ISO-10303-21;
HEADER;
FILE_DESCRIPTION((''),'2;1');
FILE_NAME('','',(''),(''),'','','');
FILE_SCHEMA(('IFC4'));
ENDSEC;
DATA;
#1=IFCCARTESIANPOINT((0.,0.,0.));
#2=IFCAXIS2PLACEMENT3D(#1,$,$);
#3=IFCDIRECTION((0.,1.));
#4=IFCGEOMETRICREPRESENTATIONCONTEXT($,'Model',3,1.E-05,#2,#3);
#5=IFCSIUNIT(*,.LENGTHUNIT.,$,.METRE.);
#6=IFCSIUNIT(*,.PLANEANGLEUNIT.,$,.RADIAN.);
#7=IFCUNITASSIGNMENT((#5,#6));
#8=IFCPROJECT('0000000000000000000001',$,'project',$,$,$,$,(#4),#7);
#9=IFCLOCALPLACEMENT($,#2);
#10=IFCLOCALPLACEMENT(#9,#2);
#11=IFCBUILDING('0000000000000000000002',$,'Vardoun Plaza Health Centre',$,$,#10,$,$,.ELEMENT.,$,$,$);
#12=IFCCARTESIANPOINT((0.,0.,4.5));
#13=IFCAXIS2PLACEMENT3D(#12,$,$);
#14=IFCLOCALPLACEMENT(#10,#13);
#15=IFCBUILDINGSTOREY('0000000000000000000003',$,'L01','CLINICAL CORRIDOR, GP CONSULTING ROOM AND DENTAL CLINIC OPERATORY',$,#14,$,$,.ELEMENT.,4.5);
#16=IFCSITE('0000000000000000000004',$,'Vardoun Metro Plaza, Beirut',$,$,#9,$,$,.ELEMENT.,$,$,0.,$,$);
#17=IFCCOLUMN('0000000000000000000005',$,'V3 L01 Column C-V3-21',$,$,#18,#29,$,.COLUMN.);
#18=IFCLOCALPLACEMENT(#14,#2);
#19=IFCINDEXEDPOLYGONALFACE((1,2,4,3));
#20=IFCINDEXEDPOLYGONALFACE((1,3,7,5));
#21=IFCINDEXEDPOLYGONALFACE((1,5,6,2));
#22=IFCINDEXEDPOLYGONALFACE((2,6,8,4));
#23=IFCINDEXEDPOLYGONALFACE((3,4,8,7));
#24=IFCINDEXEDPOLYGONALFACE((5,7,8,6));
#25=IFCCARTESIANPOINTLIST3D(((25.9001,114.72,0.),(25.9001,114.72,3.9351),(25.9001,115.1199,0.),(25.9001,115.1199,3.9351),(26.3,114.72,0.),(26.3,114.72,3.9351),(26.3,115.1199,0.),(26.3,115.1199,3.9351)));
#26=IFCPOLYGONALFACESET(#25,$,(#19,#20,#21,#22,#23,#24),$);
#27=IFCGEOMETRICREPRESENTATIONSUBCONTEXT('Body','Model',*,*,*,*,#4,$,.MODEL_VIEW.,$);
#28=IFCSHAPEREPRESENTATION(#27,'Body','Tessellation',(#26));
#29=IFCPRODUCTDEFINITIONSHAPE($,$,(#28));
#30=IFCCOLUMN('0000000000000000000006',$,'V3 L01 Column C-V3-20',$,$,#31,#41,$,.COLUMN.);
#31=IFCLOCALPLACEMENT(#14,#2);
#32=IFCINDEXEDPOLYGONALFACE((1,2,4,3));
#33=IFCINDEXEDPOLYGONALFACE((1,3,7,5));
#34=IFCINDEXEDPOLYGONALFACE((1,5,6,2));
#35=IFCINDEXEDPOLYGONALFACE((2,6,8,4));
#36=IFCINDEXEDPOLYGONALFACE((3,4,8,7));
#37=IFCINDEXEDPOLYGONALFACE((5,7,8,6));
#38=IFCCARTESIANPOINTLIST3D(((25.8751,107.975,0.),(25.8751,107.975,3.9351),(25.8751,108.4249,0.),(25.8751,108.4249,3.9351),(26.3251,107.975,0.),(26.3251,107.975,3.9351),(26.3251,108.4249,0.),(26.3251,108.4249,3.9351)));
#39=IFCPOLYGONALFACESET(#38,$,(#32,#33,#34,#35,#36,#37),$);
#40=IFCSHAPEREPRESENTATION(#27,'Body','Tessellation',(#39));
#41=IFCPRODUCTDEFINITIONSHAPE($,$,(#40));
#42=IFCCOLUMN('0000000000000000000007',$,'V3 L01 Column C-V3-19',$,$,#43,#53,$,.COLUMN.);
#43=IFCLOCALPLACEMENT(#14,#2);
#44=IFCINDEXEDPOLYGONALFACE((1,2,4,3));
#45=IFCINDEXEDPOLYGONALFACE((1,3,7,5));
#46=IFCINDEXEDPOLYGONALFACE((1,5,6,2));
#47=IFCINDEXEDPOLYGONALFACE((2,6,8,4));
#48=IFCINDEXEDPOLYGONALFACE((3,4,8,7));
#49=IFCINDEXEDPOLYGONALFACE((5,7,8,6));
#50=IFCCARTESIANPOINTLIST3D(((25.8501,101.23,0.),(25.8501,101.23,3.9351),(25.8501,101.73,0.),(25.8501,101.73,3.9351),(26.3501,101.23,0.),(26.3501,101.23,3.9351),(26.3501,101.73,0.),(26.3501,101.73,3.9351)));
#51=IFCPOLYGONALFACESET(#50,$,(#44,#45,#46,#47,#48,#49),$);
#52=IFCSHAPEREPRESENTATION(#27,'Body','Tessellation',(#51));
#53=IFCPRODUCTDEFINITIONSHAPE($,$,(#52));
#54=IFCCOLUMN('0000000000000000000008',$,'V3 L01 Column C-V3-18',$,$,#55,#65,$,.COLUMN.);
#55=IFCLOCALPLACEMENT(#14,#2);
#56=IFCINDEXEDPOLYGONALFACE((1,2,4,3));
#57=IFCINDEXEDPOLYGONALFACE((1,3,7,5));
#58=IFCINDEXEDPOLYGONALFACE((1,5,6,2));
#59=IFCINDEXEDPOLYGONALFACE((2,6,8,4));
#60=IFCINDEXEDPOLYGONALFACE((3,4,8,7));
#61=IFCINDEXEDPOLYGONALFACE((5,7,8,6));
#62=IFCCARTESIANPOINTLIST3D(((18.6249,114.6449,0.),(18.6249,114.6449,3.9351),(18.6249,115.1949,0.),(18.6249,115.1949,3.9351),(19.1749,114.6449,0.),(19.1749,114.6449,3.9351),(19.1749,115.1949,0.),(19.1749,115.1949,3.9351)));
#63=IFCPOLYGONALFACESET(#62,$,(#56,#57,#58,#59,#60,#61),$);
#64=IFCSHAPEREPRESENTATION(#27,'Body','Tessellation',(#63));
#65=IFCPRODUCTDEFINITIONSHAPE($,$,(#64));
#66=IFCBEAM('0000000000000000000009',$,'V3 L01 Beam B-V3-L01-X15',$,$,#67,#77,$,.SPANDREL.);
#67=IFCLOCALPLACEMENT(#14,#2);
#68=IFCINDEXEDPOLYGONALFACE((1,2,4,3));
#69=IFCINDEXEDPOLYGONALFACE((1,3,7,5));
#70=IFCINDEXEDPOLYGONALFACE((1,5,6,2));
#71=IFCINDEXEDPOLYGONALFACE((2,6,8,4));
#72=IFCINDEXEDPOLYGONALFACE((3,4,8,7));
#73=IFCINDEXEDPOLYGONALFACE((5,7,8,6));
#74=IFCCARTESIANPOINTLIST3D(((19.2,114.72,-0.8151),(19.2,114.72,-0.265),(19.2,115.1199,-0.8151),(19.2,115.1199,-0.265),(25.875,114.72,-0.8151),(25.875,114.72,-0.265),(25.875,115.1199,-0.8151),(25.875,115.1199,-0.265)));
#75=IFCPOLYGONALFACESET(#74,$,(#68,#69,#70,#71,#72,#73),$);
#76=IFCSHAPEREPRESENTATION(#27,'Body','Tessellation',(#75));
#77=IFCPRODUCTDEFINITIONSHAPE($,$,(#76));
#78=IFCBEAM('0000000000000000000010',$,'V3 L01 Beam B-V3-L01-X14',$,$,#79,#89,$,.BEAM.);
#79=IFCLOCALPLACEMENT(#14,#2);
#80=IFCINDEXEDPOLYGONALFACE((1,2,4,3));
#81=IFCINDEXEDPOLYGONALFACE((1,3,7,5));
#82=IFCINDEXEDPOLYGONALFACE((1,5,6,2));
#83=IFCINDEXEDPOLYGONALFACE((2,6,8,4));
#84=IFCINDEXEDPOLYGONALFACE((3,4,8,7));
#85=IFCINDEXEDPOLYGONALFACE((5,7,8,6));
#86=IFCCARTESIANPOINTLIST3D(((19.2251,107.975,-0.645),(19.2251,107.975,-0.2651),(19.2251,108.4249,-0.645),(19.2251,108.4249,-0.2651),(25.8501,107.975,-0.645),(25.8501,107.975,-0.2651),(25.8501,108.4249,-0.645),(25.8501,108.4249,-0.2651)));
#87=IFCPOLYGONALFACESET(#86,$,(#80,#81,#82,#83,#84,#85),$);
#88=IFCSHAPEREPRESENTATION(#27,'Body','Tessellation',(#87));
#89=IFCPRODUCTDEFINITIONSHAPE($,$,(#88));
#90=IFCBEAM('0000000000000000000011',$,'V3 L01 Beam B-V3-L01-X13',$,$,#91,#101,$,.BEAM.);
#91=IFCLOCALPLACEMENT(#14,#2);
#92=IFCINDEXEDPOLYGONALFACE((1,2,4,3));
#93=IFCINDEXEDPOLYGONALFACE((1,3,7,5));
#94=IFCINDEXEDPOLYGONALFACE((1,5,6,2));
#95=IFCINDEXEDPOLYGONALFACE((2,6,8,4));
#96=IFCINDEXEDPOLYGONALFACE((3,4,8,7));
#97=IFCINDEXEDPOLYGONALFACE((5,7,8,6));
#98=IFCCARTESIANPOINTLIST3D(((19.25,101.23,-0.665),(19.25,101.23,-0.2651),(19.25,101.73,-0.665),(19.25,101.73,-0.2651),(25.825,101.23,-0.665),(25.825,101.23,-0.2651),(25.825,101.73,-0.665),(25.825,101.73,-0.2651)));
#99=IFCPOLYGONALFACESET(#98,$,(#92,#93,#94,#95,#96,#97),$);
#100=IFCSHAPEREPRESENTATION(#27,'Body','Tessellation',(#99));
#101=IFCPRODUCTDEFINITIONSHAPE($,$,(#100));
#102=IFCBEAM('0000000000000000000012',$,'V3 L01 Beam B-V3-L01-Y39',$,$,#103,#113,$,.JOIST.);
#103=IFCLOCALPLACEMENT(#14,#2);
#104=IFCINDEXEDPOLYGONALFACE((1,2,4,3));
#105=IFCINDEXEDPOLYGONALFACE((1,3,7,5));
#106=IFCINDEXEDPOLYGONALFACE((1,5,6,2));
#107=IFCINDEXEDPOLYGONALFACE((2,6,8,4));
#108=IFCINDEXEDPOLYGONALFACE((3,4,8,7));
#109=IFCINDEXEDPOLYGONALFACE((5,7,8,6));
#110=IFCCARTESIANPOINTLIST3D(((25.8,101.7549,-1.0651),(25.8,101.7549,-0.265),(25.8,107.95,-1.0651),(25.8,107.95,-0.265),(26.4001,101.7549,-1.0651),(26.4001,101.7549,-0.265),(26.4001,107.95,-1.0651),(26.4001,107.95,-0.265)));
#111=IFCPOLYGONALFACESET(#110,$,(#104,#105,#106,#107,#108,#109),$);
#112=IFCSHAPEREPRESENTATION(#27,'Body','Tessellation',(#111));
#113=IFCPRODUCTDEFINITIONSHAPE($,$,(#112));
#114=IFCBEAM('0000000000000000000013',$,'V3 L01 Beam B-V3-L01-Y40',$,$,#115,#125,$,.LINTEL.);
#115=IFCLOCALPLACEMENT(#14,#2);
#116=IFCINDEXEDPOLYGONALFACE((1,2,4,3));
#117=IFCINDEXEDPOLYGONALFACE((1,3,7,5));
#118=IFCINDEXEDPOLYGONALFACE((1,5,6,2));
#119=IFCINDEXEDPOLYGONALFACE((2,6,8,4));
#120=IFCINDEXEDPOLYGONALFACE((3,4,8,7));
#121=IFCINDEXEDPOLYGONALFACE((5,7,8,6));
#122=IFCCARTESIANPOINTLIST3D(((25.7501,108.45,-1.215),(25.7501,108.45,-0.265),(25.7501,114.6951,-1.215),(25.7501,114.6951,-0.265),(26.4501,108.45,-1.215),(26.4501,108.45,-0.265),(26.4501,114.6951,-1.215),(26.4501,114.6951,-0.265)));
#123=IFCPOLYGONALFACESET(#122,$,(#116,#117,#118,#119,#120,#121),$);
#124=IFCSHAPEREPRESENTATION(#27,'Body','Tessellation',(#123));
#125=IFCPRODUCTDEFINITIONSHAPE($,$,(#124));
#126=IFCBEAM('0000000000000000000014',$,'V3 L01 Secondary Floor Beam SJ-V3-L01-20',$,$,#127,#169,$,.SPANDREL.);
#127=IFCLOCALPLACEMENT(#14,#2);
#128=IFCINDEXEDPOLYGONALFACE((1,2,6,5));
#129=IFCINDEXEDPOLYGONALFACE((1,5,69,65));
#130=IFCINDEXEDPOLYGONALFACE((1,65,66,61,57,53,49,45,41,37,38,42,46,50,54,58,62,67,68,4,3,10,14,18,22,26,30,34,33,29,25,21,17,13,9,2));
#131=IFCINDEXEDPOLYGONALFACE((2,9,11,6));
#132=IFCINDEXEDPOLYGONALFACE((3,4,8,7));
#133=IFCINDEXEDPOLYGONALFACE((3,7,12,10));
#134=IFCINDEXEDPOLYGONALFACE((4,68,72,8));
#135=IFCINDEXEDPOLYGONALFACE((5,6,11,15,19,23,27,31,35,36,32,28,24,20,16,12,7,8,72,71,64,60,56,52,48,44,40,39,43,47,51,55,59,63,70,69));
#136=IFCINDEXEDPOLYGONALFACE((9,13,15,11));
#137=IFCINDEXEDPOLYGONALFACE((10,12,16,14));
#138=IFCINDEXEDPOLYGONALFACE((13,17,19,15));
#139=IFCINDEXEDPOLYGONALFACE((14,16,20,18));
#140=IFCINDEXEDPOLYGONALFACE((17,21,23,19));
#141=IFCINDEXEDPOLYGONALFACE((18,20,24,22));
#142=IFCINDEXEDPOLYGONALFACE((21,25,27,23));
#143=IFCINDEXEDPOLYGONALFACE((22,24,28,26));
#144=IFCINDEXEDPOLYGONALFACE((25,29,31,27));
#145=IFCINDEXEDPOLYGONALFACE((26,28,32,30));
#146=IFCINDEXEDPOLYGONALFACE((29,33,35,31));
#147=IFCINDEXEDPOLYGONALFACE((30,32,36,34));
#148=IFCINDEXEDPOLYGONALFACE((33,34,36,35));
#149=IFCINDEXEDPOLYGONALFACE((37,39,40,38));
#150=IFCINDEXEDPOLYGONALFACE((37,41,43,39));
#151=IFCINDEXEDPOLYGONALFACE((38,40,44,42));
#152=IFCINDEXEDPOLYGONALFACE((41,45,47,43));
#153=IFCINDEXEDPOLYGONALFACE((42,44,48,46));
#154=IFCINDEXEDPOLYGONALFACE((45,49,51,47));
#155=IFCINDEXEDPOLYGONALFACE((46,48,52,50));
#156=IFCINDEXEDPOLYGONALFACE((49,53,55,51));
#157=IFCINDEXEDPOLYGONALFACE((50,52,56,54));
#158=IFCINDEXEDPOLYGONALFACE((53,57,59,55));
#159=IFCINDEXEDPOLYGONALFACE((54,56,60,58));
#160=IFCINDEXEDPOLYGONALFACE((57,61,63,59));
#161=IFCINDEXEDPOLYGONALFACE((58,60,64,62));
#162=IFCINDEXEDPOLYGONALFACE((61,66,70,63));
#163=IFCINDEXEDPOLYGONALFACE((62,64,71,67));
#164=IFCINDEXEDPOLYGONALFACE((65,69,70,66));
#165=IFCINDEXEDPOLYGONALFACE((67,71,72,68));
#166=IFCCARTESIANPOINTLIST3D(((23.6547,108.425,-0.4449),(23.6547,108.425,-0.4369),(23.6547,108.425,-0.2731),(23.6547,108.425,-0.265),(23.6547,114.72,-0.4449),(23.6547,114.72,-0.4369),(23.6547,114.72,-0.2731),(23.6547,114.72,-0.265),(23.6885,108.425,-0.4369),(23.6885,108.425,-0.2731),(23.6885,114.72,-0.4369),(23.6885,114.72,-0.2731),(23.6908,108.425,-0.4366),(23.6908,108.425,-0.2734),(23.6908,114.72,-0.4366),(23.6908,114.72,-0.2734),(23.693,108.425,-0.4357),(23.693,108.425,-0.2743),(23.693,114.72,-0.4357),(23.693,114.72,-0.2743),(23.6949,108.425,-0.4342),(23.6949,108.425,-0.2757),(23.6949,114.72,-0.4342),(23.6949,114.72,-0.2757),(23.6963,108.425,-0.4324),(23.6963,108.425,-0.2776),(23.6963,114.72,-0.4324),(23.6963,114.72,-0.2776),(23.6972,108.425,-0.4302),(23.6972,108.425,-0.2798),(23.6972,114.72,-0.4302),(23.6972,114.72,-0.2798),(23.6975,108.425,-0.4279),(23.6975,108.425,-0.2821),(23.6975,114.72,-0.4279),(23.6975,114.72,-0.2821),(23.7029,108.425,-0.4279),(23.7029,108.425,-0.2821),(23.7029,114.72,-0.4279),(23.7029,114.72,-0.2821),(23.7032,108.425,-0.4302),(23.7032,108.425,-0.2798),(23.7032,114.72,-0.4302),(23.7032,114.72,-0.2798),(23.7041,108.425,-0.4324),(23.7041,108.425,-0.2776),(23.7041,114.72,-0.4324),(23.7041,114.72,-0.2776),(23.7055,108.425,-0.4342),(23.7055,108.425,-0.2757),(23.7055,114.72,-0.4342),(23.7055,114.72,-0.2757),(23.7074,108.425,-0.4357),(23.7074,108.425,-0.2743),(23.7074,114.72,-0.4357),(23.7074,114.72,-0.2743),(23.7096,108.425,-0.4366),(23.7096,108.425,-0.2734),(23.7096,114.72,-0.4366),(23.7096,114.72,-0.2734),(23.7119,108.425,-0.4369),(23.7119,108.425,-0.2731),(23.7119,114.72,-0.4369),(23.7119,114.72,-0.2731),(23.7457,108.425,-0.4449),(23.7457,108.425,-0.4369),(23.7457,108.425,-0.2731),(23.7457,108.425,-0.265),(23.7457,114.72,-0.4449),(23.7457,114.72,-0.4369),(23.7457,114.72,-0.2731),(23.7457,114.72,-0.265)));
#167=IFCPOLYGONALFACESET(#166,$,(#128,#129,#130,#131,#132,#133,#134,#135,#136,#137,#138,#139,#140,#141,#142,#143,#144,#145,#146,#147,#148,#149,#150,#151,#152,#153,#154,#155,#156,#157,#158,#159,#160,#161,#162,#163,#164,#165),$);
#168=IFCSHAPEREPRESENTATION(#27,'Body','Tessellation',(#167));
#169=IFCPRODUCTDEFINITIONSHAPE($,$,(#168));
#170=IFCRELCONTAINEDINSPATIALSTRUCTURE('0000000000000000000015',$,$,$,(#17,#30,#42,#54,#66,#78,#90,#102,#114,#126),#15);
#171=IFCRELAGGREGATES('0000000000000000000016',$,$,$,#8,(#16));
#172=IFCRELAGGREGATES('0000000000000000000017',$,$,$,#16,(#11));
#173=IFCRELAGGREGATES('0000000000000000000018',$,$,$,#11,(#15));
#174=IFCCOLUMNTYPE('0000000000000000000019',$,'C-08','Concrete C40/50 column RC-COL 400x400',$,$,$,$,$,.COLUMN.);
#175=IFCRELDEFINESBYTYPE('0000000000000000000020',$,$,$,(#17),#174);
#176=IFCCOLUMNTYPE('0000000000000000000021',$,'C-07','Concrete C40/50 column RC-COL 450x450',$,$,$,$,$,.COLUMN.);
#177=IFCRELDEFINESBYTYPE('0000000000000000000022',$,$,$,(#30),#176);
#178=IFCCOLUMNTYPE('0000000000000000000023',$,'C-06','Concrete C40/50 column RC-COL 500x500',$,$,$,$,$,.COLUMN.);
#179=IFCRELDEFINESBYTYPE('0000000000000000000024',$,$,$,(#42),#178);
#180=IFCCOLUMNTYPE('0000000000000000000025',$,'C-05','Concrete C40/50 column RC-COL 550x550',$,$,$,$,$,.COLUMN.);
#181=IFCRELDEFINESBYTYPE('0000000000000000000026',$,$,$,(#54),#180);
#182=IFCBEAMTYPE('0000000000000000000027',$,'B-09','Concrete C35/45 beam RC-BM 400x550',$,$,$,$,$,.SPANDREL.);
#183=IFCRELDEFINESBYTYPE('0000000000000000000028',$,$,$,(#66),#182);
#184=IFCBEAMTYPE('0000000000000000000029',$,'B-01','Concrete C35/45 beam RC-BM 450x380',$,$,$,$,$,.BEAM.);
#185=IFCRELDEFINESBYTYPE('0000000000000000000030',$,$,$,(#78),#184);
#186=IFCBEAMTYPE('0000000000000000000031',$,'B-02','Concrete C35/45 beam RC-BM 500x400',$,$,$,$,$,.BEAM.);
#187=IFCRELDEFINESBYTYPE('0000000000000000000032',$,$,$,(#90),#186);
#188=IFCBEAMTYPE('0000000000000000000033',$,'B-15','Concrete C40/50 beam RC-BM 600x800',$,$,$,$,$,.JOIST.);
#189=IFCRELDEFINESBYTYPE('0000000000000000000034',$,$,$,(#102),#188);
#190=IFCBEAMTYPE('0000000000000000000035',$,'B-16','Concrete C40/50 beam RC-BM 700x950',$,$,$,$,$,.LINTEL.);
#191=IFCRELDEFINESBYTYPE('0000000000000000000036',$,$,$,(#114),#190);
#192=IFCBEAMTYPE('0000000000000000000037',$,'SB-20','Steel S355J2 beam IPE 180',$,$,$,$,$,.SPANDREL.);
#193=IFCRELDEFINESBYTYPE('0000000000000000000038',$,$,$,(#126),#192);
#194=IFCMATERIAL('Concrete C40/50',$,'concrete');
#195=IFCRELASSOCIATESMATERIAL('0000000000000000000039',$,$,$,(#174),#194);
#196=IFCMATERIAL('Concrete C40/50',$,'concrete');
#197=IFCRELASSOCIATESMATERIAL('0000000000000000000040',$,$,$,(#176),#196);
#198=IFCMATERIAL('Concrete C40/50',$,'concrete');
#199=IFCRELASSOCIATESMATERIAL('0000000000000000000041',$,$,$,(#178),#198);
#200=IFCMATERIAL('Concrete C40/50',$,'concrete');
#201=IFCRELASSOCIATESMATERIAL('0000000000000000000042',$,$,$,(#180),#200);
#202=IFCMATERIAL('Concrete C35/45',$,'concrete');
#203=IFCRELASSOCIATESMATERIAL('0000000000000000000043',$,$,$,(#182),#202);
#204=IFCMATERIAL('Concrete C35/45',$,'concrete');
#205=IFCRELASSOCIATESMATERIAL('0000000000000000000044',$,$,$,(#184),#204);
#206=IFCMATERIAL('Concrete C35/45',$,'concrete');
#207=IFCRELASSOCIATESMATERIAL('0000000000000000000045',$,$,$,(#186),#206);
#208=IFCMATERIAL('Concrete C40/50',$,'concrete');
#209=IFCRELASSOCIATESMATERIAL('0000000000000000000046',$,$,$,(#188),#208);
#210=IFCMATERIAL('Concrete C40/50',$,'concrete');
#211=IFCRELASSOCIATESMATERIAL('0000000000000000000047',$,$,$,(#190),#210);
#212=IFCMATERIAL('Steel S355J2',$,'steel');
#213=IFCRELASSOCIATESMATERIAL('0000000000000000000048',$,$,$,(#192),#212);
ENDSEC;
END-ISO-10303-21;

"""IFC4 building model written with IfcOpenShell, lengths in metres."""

from ifc_helpers import new_model, si_unit, direction, frame, origin, origin_2d, place, context, subcontext, project, spatial, rectangle, i_section, extrude, material, material_profile, profile_set, type_object, element, save


model = new_model("IFC4")

# Units and contexts
model_context = context("Model", 3, precision=1e-05, world=origin(), true_north=direction((0.0, 1.0)))
body_context = subcontext(model_context, "Body", "Model", "MODEL_VIEW")
ifc_project = project(units=[si_unit("LENGTHUNIT", "METRE"), si_unit("PLANEANGLEUNIT", "RADIAN")], contexts=[model_context])

# Site, building, storey
site_placement = place(None, origin())
site = spatial("IfcSite", under=ifc_project, at=site_placement, Name="Vardoun Metro Plaza, Beirut", CompositionType="ELEMENT", RefElevation=0.0)
building_placement = place(site_placement, origin())
building = spatial("IfcBuilding", under=site, at=building_placement, Name="Vardoun Plaza Health Centre", CompositionType="ELEMENT")
storey_placement = place(building_placement, frame((0.0, 0.0, 4.5)))
storey = spatial("IfcBuildingStorey", under=building, at=storey_placement, Name="L01", Description="CLINICAL CORRIDOR, GP CONSULTING ROOM AND DENTAL CLINIC OPERATORY", CompositionType="ELEMENT", Elevation=4.5)

# Columns
ifc_material_1 = material(Name="Concrete C40/50", Category="concrete")
ifc_material_profile_1 = material_profile(ifc_material_1, rectangle(XDim=0.3999, YDim=0.3999, at=origin_2d()), Name="RC-COL 400x400")
ifc_profile_set_1 = profile_set([ifc_material_profile_1], Name="Concrete C40/50")
column_type_1 = type_object("IfcColumnType", Name="C-08", Description="Concrete C40/50 column RC-COL 400x400", PredefinedType="COLUMN", material=ifc_profile_set_1)
column_1_placement = place(storey_placement, frame((26.1001, 114.9199, 0.0), z_axis=(0.0, 0.0, 1.0), x_axis=(1.0, 0.0, 0.0)))
element("IfcColumn", 1, at=column_1_placement, inside=storey, type_object=column_type_1, Name="V3 L01 Column C-V3-21", PredefinedType="COLUMN", context=body_context, shape_type="SweptSolid", body=[
    extrude(rectangle(XDim=0.3999, YDim=0.3999, at=origin_2d()), origin(), (0.0, 0.0, 1.0), 3.9351),
])
ifc_material_2 = material(Name="Concrete C40/50", Category="concrete")
ifc_material_profile_2 = material_profile(ifc_material_2, rectangle(XDim=0.45, YDim=0.45, at=origin_2d()), Name="RC-COL 450x450")
ifc_profile_set_2 = profile_set([ifc_material_profile_2], Name="Concrete C40/50")
column_type_2 = type_object("IfcColumnType", Name="C-07", Description="Concrete C40/50 column RC-COL 450x450", PredefinedType="COLUMN", material=ifc_profile_set_2)
column_2_placement = place(storey_placement, frame((26.1001, 108.2, 0.0), z_axis=(0.0, 0.0, 1.0), x_axis=(1.0, 0.0, 0.0)))
element("IfcColumn", 2, at=column_2_placement, inside=storey, type_object=column_type_2, Name="V3 L01 Column C-V3-20", PredefinedType="COLUMN", context=body_context, shape_type="SweptSolid", body=[
    extrude(rectangle(XDim=0.45, YDim=0.45, at=origin_2d()), origin(), (0.0, 0.0, 1.0), 3.9351),
])
ifc_material_3 = material(Name="Concrete C40/50", Category="concrete")
ifc_material_profile_3 = material_profile(ifc_material_3, rectangle(XDim=0.5, YDim=0.5, at=origin_2d()), Name="RC-COL 500x500")
ifc_profile_set_3 = profile_set([ifc_material_profile_3], Name="Concrete C40/50")
column_type_3 = type_object("IfcColumnType", Name="C-06", Description="Concrete C40/50 column RC-COL 500x500", PredefinedType="COLUMN", material=ifc_profile_set_3)
column_3_placement = place(storey_placement, frame((26.1001, 101.48, 0.0), z_axis=(0.0, 0.0, 1.0), x_axis=(1.0, 0.0, 0.0)))
element("IfcColumn", 3, at=column_3_placement, inside=storey, type_object=column_type_3, Name="V3 L01 Column C-V3-19", PredefinedType="COLUMN", context=body_context, shape_type="SweptSolid", body=[
    extrude(rectangle(XDim=0.5, YDim=0.5, at=origin_2d()), origin(), (0.0, 0.0, 1.0), 3.9351),
])
ifc_material_4 = material(Name="Concrete C40/50", Category="concrete")
ifc_material_profile_4 = material_profile(ifc_material_4, rectangle(XDim=0.55, YDim=0.55, at=origin_2d()), Name="RC-COL 550x550")
ifc_profile_set_4 = profile_set([ifc_material_profile_4], Name="Concrete C40/50")
column_type_4 = type_object("IfcColumnType", Name="C-05", Description="Concrete C40/50 column RC-COL 550x550", PredefinedType="COLUMN", material=ifc_profile_set_4)
column_4_placement = place(storey_placement, frame((18.8999, 114.9199, 0.0), z_axis=(0.0, 0.0, 1.0), x_axis=(1.0, 0.0, 0.0)))
element("IfcColumn", 4, at=column_4_placement, inside=storey, type_object=column_type_4, Name="V3 L01 Column C-V3-18", PredefinedType="COLUMN", context=body_context, shape_type="SweptSolid", body=[
    extrude(rectangle(XDim=0.55, YDim=0.55, at=origin_2d()), origin(), (0.0, 0.0, 1.0), 3.9351),
])

# Beams
ifc_material_5 = material(Name="Concrete C35/45", Category="concrete")
ifc_material_profile_5 = material_profile(ifc_material_5, rectangle(XDim=0.3999, YDim=0.55, at=origin_2d()), Name="RC-BM 400x550")
ifc_profile_set_5 = profile_set([ifc_material_profile_5], Name="Concrete C35/45")
beam_type_1 = type_object("IfcBeamType", Name="B-09", Description="Concrete C35/45 beam RC-BM 400x550", PredefinedType="SPANDREL", material=ifc_profile_set_5)
beam_1_placement = place(storey_placement, frame((19.2, 114.9199, -0.54), z_axis=(1.0, 0.0, 0.0), x_axis=(0.0, 1.0, 0.0)))
element("IfcBeam", 5, at=beam_1_placement, inside=storey, type_object=beam_type_1, Name="V3 L01 Beam B-V3-L01-X15", PredefinedType="SPANDREL", context=body_context, shape_type="SweptSolid", body=[
    extrude(rectangle(XDim=0.3999, YDim=0.55, at=origin_2d()), origin(), (0.0, 0.0, 1.0), 6.675),
])
ifc_material_6 = material(Name="Concrete C35/45", Category="concrete")
ifc_material_profile_6 = material_profile(ifc_material_6, rectangle(XDim=0.45, YDim=0.3799, at=origin_2d()), Name="RC-BM 450x380")
ifc_profile_set_6 = profile_set([ifc_material_profile_6], Name="Concrete C35/45")
beam_type_2 = type_object("IfcBeamType", Name="B-01", Description="Concrete C35/45 beam RC-BM 450x380", PredefinedType="BEAM", material=ifc_profile_set_6)
beam_2_placement = place(storey_placement, frame((19.2251, 108.2, -0.4551), z_axis=(1.0, 0.0, 0.0), x_axis=(0.0, 1.0, 0.0)))
element("IfcBeam", 6, at=beam_2_placement, inside=storey, type_object=beam_type_2, Name="V3 L01 Beam B-V3-L01-X14", PredefinedType="BEAM", context=body_context, shape_type="SweptSolid", body=[
    extrude(rectangle(XDim=0.45, YDim=0.3799, at=origin_2d()), origin(), (0.0, 0.0, 1.0), 6.625),
])
ifc_material_7 = material(Name="Concrete C35/45", Category="concrete")
ifc_material_profile_7 = material_profile(ifc_material_7, rectangle(XDim=0.5, YDim=0.3999, at=origin_2d()), Name="RC-BM 500x400")
ifc_profile_set_7 = profile_set([ifc_material_profile_7], Name="Concrete C35/45")
beam_type_3 = type_object("IfcBeamType", Name="B-02", Description="Concrete C35/45 beam RC-BM 500x400", PredefinedType="BEAM", material=ifc_profile_set_7)
beam_3_placement = place(storey_placement, frame((19.25, 101.48, -0.4651), z_axis=(1.0, 0.0, 0.0), x_axis=(0.0, 1.0, 0.0)))
element("IfcBeam", 7, at=beam_3_placement, inside=storey, type_object=beam_type_3, Name="V3 L01 Beam B-V3-L01-X13", PredefinedType="BEAM", context=body_context, shape_type="SweptSolid", body=[
    extrude(rectangle(XDim=0.5, YDim=0.3999, at=origin_2d()), origin(), (0.0, 0.0, 1.0), 6.575),
])
ifc_material_8 = material(Name="Concrete C40/50", Category="concrete")
ifc_material_profile_8 = material_profile(ifc_material_8, rectangle(XDim=0.6001, YDim=0.8, at=origin_2d()), Name="RC-BM 600x800")
ifc_profile_set_8 = profile_set([ifc_material_profile_8], Name="Concrete C40/50")
beam_type_4 = type_object("IfcBeamType", Name="B-15", Description="Concrete C40/50 beam RC-BM 600x800", PredefinedType="JOIST", material=ifc_profile_set_8)
beam_4_placement = place(storey_placement, frame((26.1001, 101.7549, -0.665), z_axis=(0.0, 1.0, 0.0), x_axis=(-1.0, 0.0, 0.0)))
element("IfcBeam", 8, at=beam_4_placement, inside=storey, type_object=beam_type_4, Name="V3 L01 Beam B-V3-L01-Y39", PredefinedType="JOIST", context=body_context, shape_type="SweptSolid", body=[
    extrude(rectangle(XDim=0.6001, YDim=0.8, at=origin_2d()), origin(), (0.0, 0.0, 1.0), 6.1951),
])
ifc_material_9 = material(Name="Concrete C40/50", Category="concrete")
ifc_material_profile_9 = material_profile(ifc_material_9, rectangle(XDim=0.7, YDim=0.95, at=origin_2d()), Name="RC-BM 700x950")
ifc_profile_set_9 = profile_set([ifc_material_profile_9], Name="Concrete C40/50")
beam_type_5 = type_object("IfcBeamType", Name="B-16", Description="Concrete C40/50 beam RC-BM 700x950", PredefinedType="LINTEL", material=ifc_profile_set_9)
beam_5_placement = place(storey_placement, frame((26.1001, 108.45, -0.74), z_axis=(0.0, 1.0, 0.0), x_axis=(-1.0, 0.0, 0.0)))
element("IfcBeam", 9, at=beam_5_placement, inside=storey, type_object=beam_type_5, Name="V3 L01 Beam B-V3-L01-Y40", PredefinedType="LINTEL", context=body_context, shape_type="SweptSolid", body=[
    extrude(rectangle(XDim=0.7, YDim=0.95, at=origin_2d()), origin(), (0.0, 0.0, 1.0), 6.2451),
])
ifc_material_10 = material(Name="Steel S355J2", Category="steel")
ifc_material_profile_10 = material_profile(ifc_material_10, i_section(OverallWidth=0.0911, OverallDepth=0.1799, WebThickness=0.0054, FlangeThickness=0.0081, FilletRadius=0.009, at=origin_2d()), Name="IPE 180")
ifc_profile_set_10 = profile_set([ifc_material_profile_10], Name="Steel S355J2")
beam_type_6 = type_object("IfcBeamType", Name="SB-20", Description="Steel S355J2 beam IPE 180", PredefinedType="SPANDREL", material=ifc_profile_set_10)
beam_6_placement = place(storey_placement, frame((23.7002, 108.425, -0.355), z_axis=(0.0, 1.0, 0.0), x_axis=(-1.0, 0.0, 0.0)))
element("IfcBeam", 10, at=beam_6_placement, inside=storey, type_object=beam_type_6, Name="V3 L01 Secondary Floor Beam SJ-V3-L01-20", PredefinedType="SPANDREL", context=body_context, shape_type="SweptSolid", body=[
    extrude(i_section(OverallWidth=0.0911, OverallDepth=0.1799, WebThickness=0.0054, FlangeThickness=0.0081, FilletRadius=0.009, at=origin_2d()), origin(), (0.0, 0.0, 1.0), 6.2949),
])

save(model, "model.ifc")
